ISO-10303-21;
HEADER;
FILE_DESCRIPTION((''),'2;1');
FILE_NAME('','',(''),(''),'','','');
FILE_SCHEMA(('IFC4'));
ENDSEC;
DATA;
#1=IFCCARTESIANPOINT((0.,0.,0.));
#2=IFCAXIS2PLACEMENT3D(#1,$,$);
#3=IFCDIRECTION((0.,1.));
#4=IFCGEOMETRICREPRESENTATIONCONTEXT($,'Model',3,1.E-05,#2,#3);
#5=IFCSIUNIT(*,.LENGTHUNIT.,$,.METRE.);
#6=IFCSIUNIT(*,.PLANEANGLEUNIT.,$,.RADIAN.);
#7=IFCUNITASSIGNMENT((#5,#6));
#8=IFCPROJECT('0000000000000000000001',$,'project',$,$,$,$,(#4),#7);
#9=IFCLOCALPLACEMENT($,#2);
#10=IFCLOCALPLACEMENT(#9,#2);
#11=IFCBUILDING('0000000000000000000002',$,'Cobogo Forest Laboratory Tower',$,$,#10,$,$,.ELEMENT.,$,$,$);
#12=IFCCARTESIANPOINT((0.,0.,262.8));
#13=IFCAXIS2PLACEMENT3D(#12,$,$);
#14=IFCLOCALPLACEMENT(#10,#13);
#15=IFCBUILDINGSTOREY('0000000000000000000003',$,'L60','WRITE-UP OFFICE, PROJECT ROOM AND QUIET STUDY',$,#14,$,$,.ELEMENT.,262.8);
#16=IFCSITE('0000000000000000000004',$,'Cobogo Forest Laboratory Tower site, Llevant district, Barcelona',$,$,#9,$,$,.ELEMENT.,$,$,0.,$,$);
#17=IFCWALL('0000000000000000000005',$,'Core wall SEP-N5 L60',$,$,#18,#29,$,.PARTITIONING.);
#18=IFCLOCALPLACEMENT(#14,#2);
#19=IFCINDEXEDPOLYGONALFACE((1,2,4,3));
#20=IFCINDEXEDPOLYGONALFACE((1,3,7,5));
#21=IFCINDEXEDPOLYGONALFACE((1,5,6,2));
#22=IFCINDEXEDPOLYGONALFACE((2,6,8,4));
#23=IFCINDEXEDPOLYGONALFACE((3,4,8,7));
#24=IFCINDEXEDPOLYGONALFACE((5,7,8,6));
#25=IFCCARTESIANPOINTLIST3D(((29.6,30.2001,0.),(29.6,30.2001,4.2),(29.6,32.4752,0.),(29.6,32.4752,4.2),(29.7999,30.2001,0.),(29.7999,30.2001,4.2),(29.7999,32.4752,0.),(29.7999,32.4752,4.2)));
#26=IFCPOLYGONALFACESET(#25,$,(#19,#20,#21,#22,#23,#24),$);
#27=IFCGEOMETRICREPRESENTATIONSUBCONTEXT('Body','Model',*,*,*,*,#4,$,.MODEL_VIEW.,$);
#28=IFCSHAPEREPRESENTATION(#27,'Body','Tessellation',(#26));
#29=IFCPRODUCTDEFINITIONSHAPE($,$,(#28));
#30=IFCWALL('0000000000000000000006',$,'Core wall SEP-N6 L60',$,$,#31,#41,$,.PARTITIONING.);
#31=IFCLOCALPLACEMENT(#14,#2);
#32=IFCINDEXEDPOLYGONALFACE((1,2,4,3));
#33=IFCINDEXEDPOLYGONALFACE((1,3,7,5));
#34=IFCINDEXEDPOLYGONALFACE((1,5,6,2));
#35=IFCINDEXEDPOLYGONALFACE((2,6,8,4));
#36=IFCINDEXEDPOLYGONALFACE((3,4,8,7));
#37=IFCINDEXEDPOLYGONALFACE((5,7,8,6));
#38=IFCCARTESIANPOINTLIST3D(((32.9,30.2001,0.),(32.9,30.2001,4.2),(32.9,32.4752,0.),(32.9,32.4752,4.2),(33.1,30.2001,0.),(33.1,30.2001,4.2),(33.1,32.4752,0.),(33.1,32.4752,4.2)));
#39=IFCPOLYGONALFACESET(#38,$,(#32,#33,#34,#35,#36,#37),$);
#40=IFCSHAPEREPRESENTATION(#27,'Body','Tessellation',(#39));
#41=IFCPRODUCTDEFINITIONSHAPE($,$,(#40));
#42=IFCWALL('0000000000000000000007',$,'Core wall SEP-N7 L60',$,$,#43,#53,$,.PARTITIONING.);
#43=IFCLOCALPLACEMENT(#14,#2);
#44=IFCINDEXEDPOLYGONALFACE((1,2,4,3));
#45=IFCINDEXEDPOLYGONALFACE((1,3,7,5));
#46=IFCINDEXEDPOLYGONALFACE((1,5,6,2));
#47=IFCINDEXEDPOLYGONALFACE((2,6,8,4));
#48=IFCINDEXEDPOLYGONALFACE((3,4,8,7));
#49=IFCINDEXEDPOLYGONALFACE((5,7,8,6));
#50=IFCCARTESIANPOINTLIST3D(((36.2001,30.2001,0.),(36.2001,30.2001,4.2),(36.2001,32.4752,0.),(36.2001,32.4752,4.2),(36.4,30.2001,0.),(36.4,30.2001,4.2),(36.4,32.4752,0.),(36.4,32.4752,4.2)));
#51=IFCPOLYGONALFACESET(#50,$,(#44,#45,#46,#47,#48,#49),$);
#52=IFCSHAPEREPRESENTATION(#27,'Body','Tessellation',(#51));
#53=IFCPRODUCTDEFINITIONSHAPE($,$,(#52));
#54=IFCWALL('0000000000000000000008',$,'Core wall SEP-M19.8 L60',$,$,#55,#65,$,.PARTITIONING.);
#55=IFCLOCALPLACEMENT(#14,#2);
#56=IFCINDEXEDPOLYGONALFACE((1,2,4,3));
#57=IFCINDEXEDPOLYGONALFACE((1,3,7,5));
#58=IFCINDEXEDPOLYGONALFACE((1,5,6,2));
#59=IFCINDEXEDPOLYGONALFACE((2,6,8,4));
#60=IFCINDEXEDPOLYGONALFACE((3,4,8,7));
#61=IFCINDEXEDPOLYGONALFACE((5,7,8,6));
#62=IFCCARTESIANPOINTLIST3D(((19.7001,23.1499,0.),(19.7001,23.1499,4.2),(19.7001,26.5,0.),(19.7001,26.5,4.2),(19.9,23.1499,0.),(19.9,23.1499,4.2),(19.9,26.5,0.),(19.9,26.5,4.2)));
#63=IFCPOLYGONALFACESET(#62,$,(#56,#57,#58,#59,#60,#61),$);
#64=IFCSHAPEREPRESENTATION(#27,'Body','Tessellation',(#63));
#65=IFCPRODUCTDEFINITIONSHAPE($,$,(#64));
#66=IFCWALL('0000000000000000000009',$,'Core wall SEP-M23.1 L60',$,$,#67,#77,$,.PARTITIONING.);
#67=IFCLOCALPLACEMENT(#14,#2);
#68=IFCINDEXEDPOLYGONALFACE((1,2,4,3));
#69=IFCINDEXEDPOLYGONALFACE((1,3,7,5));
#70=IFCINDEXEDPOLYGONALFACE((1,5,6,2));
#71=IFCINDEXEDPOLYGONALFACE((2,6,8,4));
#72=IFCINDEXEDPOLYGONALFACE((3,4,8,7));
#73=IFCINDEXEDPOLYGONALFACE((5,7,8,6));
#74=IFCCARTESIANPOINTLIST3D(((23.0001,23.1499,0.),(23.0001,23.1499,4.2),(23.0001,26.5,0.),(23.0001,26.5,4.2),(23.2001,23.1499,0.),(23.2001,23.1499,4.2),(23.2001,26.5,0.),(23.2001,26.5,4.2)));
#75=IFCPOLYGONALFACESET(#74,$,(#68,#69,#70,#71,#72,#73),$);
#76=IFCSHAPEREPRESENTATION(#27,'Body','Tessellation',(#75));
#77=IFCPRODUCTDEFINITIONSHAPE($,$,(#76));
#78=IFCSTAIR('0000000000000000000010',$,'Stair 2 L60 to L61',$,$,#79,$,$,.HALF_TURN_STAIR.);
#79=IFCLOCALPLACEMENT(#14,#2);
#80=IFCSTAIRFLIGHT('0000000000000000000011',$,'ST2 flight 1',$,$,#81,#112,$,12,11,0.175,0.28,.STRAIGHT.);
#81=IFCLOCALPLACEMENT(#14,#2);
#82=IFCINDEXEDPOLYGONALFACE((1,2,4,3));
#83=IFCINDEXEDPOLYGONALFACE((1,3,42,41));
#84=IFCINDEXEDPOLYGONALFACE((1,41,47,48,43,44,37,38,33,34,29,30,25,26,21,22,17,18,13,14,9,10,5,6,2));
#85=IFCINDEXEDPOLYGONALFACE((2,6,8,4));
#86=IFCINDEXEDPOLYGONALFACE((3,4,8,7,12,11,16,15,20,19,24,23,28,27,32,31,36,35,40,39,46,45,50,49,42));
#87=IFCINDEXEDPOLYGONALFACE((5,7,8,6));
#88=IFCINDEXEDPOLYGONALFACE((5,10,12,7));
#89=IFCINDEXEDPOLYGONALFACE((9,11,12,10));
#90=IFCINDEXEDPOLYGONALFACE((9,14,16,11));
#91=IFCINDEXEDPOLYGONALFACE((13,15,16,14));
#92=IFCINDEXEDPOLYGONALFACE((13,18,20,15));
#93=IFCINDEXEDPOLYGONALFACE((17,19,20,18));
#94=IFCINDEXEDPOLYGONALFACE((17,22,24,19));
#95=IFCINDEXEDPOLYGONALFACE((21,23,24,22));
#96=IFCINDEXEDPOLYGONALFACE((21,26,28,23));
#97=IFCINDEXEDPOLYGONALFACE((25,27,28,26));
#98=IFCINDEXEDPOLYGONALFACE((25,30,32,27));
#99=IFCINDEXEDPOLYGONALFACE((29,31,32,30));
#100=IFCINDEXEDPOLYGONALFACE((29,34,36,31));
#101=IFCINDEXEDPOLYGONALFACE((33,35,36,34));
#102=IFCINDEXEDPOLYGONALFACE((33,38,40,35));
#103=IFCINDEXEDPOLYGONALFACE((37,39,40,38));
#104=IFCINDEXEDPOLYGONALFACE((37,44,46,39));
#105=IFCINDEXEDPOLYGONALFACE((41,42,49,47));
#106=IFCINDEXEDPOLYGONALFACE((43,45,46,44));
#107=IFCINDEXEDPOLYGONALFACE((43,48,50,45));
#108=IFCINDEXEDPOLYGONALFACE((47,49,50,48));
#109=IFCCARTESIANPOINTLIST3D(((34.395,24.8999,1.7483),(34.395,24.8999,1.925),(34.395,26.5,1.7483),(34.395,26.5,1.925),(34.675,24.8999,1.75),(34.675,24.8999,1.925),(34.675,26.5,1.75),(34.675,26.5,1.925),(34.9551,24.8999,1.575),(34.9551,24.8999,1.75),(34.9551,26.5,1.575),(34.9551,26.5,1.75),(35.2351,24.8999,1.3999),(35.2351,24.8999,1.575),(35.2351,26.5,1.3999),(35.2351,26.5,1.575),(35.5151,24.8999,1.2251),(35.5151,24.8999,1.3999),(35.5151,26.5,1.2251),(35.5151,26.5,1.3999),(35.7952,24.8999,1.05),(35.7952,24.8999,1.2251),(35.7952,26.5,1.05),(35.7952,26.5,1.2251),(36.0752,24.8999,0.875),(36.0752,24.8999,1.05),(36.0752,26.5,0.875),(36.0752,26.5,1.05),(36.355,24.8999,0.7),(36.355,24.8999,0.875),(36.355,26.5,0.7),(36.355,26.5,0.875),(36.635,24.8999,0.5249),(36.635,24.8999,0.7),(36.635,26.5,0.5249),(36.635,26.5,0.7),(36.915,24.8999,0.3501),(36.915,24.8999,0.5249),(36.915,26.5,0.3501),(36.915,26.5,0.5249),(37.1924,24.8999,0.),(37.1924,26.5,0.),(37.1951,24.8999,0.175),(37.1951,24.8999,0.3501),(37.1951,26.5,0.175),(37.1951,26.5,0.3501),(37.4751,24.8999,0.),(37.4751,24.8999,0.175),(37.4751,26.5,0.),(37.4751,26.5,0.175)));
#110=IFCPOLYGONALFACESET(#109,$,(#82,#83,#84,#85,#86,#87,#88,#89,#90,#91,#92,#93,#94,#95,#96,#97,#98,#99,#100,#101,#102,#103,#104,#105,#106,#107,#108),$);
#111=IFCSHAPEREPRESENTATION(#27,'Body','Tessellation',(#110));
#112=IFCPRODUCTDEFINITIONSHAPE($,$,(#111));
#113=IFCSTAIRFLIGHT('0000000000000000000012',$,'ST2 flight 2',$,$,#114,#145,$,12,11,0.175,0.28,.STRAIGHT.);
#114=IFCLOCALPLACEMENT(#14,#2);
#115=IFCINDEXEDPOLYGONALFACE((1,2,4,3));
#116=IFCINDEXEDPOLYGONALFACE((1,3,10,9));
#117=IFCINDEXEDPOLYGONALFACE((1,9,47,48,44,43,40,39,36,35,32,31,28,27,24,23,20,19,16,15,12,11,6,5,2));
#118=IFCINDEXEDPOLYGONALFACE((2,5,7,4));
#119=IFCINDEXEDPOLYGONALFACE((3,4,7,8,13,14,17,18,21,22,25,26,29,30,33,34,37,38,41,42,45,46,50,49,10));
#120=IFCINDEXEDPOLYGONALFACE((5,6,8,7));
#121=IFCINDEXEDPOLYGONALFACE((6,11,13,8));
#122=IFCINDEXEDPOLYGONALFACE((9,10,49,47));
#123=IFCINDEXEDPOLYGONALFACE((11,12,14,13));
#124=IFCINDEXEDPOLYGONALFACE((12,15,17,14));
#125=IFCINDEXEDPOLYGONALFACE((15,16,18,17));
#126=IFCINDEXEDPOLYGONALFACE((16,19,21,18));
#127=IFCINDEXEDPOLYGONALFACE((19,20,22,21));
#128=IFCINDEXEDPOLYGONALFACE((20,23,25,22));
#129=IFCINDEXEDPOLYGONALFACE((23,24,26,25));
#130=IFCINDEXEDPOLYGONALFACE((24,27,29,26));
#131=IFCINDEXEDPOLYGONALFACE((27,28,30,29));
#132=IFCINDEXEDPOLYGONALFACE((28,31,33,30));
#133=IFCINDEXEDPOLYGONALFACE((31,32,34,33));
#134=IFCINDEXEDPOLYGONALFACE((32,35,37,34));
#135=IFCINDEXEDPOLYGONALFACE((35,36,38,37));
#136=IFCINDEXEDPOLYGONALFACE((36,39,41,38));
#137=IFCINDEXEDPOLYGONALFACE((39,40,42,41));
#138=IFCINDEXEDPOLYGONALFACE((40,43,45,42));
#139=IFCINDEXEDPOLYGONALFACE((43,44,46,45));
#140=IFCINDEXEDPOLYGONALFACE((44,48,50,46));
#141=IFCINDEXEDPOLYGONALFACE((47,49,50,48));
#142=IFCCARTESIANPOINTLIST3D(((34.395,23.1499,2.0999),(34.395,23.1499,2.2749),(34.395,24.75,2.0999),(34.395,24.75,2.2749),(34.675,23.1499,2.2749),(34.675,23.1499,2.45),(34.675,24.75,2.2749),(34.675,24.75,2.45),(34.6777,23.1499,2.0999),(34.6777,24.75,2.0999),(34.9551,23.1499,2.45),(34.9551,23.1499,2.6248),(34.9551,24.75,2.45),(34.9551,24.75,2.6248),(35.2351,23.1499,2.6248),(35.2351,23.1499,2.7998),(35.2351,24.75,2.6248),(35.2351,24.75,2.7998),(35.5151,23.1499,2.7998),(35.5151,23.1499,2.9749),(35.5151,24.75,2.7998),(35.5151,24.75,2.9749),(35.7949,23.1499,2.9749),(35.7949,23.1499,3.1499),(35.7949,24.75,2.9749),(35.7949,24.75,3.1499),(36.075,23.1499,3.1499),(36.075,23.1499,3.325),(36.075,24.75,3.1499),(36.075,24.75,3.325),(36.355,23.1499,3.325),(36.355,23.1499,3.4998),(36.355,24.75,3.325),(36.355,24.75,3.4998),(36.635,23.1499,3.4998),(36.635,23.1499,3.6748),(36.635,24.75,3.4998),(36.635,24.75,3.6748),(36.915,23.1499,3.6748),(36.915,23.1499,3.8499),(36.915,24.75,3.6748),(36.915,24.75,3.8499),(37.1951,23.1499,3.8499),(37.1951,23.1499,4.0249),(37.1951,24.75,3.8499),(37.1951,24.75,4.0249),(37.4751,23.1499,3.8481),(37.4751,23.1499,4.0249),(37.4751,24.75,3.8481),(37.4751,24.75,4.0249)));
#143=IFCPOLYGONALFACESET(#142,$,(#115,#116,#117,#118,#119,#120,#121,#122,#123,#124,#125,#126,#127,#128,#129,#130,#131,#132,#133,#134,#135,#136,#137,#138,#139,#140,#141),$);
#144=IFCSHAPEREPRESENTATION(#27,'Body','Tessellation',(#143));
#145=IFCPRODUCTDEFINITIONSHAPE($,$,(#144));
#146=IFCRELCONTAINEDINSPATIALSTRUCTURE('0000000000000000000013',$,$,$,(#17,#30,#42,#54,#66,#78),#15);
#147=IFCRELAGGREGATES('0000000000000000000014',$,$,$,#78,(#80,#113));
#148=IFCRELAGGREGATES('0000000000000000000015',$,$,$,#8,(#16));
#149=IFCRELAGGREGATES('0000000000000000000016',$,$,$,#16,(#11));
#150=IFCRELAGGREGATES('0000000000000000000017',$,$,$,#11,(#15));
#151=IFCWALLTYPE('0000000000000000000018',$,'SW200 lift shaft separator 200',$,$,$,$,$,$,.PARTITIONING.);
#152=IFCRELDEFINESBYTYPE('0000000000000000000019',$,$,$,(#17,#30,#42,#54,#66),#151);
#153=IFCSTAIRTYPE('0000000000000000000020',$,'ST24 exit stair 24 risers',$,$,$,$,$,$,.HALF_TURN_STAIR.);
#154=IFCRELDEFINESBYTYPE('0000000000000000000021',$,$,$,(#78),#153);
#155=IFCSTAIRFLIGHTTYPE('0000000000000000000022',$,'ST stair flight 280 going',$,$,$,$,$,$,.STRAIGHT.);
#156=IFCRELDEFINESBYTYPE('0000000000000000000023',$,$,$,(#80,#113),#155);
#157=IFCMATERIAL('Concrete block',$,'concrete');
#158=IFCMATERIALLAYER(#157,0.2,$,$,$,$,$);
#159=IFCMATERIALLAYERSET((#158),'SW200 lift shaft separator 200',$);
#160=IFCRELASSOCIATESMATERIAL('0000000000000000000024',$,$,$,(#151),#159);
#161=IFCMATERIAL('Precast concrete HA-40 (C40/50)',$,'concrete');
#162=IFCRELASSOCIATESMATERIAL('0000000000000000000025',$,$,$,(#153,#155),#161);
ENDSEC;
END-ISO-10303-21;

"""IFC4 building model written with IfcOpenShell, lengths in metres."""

from ifc_helpers import new_model, si_unit, direction, frame, frame_2d, origin, place, context, subcontext, project, spatial, polyline, rectangle, outline, extrude, material, layer, layer_set, type_object, element, aggregate, save


model = new_model("IFC4")

# Units and contexts
model_context = context("Model", 3, precision=1e-05, world=origin(), true_north=direction((0.0, 1.0)))
body_context = subcontext(model_context, "Body", "Model", "MODEL_VIEW")
ifc_project = project(units=[si_unit("LENGTHUNIT", "METRE"), si_unit("PLANEANGLEUNIT", "RADIAN")], contexts=[model_context])

# Site, building, storey
site_placement = place(None, origin())
site = spatial("IfcSite", under=ifc_project, at=site_placement, Name="Cobogo Forest Laboratory Tower site, Llevant district, Barcelona", CompositionType="ELEMENT", RefElevation=0.0)
building_placement = place(site_placement, origin())
building = spatial("IfcBuilding", under=site, at=building_placement, Name="Cobogo Forest Laboratory Tower", CompositionType="ELEMENT")
storey_placement = place(building_placement, frame((0.0, 0.0, 262.8)))
storey = spatial("IfcBuildingStorey", under=building, at=storey_placement, Name="L60", Description="WRITE-UP OFFICE, PROJECT ROOM AND QUIET STUDY", CompositionType="ELEMENT", Elevation=262.8)

# Walls
ifc_material_1 = material(Name="Concrete block", Category="concrete")
ifc_layer_1 = layer(ifc_material_1, 0.2)
ifc_layer_set_1 = layer_set([ifc_layer_1], Name="SW200 lift shaft separator 200")
wall_type_1 = type_object("IfcWallType", Name="SW200 lift shaft separator 200", PredefinedType="PARTITIONING", material=ifc_layer_set_1)
for number, where, z_axis, x_axis, name in (
    (1, (29.7, 30.2, 0.0), (0.0, 0.0, 1.0), (0.0, 1.0, 0.0), "Core wall SEP-N5 L60"),
    (2, (33.0, 30.2, 0.0), (0.0, 0.0, 1.0), (0.0, 1.0, 0.0), "Core wall SEP-N6 L60"),
    (3, (36.3, 30.2, 0.0), (0.0, 0.0, 1.0), (0.0, 1.0, 0.0), "Core wall SEP-N7 L60"),
):
    element("IfcWall", number, at=place(storey_placement, frame(where, z_axis=z_axis, x_axis=x_axis)), inside=storey, type_object=wall_type_1, Name=name, PredefinedType="PARTITIONING", context=body_context, shape_type="SweptSolid", body=[
        extrude(rectangle(XDim=2.2751, YDim=0.2, at=frame_2d((1.1377, 0.0))), origin(), (0.0, 0.0, 1.0), 4.2),
    ])
for number, where, z_axis, x_axis, name in (
    (4, (19.8, 23.1499, 0.0), (0.0, 0.0, 1.0), (0.0, 1.0, 0.0), "Core wall SEP-M19.8 L60"),
    (5, (23.1001, 23.1499, 0.0), (0.0, 0.0, 1.0), (0.0, 1.0, 0.0), "Core wall SEP-M23.1 L60"),
):
    element("IfcWall", number, at=place(storey_placement, frame(where, z_axis=z_axis, x_axis=x_axis)), inside=storey, type_object=wall_type_1, Name=name, PredefinedType="PARTITIONING", context=body_context, shape_type="SweptSolid", body=[
        extrude(rectangle(XDim=3.3501, YDim=0.2, at=frame_2d((1.675, 0.0))), origin(), (0.0, 0.0, 1.0), 4.2),
    ])

# Stair, stair flights
ifc_material_2 = material(Name="Precast concrete HA-40 (C40/50)", Category="concrete")
stair_type = type_object("IfcStairType", Name="ST24 exit stair 24 risers", PredefinedType="HALF_TURN_STAIR", material=ifc_material_2)
stair_placement = place(storey_placement, origin())
stair = element("IfcStair", 6, at=stair_placement, inside=storey, type_object=stair_type, Name="Stair 2 L60 to L61", PredefinedType="HALF_TURN_STAIR")
stair_flight_type = type_object("IfcStairFlightType", Name="ST stair flight 280 going", PredefinedType="STRAIGHT", material=ifc_material_2)
stair_flight_1_placement = place(storey_placement, frame((37.4751, 25.7, 0.0), z_axis=(0.0, 0.0, 1.0), x_axis=(-1.0, 0.0, 0.0)))
stair_flight_1 = element("IfcStairFlight", 7, at=stair_flight_1_placement, type_object=stair_flight_type, Name="ST2 flight 1", NumberOfRisers=12, NumberOfTreads=11, PredefinedType="STRAIGHT", RiserHeight=0.175, TreadLength=0.28, context=body_context, shape_type="SweptSolid", body=[
    extrude(outline(polyline([(0.0, 0.0), (0.0, 0.175), (0.28, 0.175), (0.28, 0.3501), (0.5601, 0.3501), (0.5601, 0.5249), (0.8401, 0.5249), (0.8401, 0.7), (1.1201, 0.7), (1.1201, 0.875), (1.3999, 0.875), (1.3999, 1.05), (1.6799, 1.05), (1.6799, 1.2251), (1.96, 1.2251), (1.96, 1.3999), (2.24, 1.3999), (2.24, 1.575), (2.52, 1.575), (2.52, 1.75), (2.8, 1.75), (2.8, 1.925), (3.0801, 1.925), (3.0801, 2.1001), (3.0801, 1.7483), (0.2827, 0.0), (0.0, 0.0)])), frame((0.0, 0.8, 0.0), z_axis=(0.0, -1.0, 0.0), x_axis=(1.0, 0.0, 0.0)), (0.0, 0.0, 1.0), 1.6001),
])
stair_flight_2_placement = place(storey_placement, frame((34.395, 23.95, 2.0999), z_axis=(0.0, 0.0, 1.0), x_axis=(1.0, 0.0, 0.0)))
stair_flight_2 = element("IfcStairFlight", 8, at=stair_flight_2_placement, type_object=stair_flight_type, Name="ST2 flight 2", NumberOfRisers=12, NumberOfTreads=11, PredefinedType="STRAIGHT", RiserHeight=0.175, TreadLength=0.28, context=body_context, shape_type="SweptSolid", body=[
    extrude(outline(polyline([(0.0, 0.0), (0.0, 0.175), (0.28, 0.175), (0.28, 0.3501), (0.5601, 0.3501), (0.5601, 0.5249), (0.8401, 0.5249), (0.8401, 0.7), (1.1201, 0.7), (1.1201, 0.875), (1.3999, 0.875), (1.3999, 1.05), (1.6799, 1.05), (1.6799, 1.2251), (1.96, 1.2251), (1.96, 1.3999), (2.24, 1.3999), (2.24, 1.575), (2.52, 1.575), (2.52, 1.75), (2.8, 1.75), (2.8, 1.925), (3.0801, 1.925), (3.0801, 2.1001), (3.0801, 1.7483), (0.2827, 0.0), (0.0, 0.0)])), frame((0.0, 0.8, 0.0), z_axis=(0.0, -1.0, 0.0), x_axis=(1.0, 0.0, 0.0)), (0.0, 0.0, 1.0), 1.6001),
])
aggregate(stair, [stair_flight_1, stair_flight_2])

save(model, "model.ifc")
